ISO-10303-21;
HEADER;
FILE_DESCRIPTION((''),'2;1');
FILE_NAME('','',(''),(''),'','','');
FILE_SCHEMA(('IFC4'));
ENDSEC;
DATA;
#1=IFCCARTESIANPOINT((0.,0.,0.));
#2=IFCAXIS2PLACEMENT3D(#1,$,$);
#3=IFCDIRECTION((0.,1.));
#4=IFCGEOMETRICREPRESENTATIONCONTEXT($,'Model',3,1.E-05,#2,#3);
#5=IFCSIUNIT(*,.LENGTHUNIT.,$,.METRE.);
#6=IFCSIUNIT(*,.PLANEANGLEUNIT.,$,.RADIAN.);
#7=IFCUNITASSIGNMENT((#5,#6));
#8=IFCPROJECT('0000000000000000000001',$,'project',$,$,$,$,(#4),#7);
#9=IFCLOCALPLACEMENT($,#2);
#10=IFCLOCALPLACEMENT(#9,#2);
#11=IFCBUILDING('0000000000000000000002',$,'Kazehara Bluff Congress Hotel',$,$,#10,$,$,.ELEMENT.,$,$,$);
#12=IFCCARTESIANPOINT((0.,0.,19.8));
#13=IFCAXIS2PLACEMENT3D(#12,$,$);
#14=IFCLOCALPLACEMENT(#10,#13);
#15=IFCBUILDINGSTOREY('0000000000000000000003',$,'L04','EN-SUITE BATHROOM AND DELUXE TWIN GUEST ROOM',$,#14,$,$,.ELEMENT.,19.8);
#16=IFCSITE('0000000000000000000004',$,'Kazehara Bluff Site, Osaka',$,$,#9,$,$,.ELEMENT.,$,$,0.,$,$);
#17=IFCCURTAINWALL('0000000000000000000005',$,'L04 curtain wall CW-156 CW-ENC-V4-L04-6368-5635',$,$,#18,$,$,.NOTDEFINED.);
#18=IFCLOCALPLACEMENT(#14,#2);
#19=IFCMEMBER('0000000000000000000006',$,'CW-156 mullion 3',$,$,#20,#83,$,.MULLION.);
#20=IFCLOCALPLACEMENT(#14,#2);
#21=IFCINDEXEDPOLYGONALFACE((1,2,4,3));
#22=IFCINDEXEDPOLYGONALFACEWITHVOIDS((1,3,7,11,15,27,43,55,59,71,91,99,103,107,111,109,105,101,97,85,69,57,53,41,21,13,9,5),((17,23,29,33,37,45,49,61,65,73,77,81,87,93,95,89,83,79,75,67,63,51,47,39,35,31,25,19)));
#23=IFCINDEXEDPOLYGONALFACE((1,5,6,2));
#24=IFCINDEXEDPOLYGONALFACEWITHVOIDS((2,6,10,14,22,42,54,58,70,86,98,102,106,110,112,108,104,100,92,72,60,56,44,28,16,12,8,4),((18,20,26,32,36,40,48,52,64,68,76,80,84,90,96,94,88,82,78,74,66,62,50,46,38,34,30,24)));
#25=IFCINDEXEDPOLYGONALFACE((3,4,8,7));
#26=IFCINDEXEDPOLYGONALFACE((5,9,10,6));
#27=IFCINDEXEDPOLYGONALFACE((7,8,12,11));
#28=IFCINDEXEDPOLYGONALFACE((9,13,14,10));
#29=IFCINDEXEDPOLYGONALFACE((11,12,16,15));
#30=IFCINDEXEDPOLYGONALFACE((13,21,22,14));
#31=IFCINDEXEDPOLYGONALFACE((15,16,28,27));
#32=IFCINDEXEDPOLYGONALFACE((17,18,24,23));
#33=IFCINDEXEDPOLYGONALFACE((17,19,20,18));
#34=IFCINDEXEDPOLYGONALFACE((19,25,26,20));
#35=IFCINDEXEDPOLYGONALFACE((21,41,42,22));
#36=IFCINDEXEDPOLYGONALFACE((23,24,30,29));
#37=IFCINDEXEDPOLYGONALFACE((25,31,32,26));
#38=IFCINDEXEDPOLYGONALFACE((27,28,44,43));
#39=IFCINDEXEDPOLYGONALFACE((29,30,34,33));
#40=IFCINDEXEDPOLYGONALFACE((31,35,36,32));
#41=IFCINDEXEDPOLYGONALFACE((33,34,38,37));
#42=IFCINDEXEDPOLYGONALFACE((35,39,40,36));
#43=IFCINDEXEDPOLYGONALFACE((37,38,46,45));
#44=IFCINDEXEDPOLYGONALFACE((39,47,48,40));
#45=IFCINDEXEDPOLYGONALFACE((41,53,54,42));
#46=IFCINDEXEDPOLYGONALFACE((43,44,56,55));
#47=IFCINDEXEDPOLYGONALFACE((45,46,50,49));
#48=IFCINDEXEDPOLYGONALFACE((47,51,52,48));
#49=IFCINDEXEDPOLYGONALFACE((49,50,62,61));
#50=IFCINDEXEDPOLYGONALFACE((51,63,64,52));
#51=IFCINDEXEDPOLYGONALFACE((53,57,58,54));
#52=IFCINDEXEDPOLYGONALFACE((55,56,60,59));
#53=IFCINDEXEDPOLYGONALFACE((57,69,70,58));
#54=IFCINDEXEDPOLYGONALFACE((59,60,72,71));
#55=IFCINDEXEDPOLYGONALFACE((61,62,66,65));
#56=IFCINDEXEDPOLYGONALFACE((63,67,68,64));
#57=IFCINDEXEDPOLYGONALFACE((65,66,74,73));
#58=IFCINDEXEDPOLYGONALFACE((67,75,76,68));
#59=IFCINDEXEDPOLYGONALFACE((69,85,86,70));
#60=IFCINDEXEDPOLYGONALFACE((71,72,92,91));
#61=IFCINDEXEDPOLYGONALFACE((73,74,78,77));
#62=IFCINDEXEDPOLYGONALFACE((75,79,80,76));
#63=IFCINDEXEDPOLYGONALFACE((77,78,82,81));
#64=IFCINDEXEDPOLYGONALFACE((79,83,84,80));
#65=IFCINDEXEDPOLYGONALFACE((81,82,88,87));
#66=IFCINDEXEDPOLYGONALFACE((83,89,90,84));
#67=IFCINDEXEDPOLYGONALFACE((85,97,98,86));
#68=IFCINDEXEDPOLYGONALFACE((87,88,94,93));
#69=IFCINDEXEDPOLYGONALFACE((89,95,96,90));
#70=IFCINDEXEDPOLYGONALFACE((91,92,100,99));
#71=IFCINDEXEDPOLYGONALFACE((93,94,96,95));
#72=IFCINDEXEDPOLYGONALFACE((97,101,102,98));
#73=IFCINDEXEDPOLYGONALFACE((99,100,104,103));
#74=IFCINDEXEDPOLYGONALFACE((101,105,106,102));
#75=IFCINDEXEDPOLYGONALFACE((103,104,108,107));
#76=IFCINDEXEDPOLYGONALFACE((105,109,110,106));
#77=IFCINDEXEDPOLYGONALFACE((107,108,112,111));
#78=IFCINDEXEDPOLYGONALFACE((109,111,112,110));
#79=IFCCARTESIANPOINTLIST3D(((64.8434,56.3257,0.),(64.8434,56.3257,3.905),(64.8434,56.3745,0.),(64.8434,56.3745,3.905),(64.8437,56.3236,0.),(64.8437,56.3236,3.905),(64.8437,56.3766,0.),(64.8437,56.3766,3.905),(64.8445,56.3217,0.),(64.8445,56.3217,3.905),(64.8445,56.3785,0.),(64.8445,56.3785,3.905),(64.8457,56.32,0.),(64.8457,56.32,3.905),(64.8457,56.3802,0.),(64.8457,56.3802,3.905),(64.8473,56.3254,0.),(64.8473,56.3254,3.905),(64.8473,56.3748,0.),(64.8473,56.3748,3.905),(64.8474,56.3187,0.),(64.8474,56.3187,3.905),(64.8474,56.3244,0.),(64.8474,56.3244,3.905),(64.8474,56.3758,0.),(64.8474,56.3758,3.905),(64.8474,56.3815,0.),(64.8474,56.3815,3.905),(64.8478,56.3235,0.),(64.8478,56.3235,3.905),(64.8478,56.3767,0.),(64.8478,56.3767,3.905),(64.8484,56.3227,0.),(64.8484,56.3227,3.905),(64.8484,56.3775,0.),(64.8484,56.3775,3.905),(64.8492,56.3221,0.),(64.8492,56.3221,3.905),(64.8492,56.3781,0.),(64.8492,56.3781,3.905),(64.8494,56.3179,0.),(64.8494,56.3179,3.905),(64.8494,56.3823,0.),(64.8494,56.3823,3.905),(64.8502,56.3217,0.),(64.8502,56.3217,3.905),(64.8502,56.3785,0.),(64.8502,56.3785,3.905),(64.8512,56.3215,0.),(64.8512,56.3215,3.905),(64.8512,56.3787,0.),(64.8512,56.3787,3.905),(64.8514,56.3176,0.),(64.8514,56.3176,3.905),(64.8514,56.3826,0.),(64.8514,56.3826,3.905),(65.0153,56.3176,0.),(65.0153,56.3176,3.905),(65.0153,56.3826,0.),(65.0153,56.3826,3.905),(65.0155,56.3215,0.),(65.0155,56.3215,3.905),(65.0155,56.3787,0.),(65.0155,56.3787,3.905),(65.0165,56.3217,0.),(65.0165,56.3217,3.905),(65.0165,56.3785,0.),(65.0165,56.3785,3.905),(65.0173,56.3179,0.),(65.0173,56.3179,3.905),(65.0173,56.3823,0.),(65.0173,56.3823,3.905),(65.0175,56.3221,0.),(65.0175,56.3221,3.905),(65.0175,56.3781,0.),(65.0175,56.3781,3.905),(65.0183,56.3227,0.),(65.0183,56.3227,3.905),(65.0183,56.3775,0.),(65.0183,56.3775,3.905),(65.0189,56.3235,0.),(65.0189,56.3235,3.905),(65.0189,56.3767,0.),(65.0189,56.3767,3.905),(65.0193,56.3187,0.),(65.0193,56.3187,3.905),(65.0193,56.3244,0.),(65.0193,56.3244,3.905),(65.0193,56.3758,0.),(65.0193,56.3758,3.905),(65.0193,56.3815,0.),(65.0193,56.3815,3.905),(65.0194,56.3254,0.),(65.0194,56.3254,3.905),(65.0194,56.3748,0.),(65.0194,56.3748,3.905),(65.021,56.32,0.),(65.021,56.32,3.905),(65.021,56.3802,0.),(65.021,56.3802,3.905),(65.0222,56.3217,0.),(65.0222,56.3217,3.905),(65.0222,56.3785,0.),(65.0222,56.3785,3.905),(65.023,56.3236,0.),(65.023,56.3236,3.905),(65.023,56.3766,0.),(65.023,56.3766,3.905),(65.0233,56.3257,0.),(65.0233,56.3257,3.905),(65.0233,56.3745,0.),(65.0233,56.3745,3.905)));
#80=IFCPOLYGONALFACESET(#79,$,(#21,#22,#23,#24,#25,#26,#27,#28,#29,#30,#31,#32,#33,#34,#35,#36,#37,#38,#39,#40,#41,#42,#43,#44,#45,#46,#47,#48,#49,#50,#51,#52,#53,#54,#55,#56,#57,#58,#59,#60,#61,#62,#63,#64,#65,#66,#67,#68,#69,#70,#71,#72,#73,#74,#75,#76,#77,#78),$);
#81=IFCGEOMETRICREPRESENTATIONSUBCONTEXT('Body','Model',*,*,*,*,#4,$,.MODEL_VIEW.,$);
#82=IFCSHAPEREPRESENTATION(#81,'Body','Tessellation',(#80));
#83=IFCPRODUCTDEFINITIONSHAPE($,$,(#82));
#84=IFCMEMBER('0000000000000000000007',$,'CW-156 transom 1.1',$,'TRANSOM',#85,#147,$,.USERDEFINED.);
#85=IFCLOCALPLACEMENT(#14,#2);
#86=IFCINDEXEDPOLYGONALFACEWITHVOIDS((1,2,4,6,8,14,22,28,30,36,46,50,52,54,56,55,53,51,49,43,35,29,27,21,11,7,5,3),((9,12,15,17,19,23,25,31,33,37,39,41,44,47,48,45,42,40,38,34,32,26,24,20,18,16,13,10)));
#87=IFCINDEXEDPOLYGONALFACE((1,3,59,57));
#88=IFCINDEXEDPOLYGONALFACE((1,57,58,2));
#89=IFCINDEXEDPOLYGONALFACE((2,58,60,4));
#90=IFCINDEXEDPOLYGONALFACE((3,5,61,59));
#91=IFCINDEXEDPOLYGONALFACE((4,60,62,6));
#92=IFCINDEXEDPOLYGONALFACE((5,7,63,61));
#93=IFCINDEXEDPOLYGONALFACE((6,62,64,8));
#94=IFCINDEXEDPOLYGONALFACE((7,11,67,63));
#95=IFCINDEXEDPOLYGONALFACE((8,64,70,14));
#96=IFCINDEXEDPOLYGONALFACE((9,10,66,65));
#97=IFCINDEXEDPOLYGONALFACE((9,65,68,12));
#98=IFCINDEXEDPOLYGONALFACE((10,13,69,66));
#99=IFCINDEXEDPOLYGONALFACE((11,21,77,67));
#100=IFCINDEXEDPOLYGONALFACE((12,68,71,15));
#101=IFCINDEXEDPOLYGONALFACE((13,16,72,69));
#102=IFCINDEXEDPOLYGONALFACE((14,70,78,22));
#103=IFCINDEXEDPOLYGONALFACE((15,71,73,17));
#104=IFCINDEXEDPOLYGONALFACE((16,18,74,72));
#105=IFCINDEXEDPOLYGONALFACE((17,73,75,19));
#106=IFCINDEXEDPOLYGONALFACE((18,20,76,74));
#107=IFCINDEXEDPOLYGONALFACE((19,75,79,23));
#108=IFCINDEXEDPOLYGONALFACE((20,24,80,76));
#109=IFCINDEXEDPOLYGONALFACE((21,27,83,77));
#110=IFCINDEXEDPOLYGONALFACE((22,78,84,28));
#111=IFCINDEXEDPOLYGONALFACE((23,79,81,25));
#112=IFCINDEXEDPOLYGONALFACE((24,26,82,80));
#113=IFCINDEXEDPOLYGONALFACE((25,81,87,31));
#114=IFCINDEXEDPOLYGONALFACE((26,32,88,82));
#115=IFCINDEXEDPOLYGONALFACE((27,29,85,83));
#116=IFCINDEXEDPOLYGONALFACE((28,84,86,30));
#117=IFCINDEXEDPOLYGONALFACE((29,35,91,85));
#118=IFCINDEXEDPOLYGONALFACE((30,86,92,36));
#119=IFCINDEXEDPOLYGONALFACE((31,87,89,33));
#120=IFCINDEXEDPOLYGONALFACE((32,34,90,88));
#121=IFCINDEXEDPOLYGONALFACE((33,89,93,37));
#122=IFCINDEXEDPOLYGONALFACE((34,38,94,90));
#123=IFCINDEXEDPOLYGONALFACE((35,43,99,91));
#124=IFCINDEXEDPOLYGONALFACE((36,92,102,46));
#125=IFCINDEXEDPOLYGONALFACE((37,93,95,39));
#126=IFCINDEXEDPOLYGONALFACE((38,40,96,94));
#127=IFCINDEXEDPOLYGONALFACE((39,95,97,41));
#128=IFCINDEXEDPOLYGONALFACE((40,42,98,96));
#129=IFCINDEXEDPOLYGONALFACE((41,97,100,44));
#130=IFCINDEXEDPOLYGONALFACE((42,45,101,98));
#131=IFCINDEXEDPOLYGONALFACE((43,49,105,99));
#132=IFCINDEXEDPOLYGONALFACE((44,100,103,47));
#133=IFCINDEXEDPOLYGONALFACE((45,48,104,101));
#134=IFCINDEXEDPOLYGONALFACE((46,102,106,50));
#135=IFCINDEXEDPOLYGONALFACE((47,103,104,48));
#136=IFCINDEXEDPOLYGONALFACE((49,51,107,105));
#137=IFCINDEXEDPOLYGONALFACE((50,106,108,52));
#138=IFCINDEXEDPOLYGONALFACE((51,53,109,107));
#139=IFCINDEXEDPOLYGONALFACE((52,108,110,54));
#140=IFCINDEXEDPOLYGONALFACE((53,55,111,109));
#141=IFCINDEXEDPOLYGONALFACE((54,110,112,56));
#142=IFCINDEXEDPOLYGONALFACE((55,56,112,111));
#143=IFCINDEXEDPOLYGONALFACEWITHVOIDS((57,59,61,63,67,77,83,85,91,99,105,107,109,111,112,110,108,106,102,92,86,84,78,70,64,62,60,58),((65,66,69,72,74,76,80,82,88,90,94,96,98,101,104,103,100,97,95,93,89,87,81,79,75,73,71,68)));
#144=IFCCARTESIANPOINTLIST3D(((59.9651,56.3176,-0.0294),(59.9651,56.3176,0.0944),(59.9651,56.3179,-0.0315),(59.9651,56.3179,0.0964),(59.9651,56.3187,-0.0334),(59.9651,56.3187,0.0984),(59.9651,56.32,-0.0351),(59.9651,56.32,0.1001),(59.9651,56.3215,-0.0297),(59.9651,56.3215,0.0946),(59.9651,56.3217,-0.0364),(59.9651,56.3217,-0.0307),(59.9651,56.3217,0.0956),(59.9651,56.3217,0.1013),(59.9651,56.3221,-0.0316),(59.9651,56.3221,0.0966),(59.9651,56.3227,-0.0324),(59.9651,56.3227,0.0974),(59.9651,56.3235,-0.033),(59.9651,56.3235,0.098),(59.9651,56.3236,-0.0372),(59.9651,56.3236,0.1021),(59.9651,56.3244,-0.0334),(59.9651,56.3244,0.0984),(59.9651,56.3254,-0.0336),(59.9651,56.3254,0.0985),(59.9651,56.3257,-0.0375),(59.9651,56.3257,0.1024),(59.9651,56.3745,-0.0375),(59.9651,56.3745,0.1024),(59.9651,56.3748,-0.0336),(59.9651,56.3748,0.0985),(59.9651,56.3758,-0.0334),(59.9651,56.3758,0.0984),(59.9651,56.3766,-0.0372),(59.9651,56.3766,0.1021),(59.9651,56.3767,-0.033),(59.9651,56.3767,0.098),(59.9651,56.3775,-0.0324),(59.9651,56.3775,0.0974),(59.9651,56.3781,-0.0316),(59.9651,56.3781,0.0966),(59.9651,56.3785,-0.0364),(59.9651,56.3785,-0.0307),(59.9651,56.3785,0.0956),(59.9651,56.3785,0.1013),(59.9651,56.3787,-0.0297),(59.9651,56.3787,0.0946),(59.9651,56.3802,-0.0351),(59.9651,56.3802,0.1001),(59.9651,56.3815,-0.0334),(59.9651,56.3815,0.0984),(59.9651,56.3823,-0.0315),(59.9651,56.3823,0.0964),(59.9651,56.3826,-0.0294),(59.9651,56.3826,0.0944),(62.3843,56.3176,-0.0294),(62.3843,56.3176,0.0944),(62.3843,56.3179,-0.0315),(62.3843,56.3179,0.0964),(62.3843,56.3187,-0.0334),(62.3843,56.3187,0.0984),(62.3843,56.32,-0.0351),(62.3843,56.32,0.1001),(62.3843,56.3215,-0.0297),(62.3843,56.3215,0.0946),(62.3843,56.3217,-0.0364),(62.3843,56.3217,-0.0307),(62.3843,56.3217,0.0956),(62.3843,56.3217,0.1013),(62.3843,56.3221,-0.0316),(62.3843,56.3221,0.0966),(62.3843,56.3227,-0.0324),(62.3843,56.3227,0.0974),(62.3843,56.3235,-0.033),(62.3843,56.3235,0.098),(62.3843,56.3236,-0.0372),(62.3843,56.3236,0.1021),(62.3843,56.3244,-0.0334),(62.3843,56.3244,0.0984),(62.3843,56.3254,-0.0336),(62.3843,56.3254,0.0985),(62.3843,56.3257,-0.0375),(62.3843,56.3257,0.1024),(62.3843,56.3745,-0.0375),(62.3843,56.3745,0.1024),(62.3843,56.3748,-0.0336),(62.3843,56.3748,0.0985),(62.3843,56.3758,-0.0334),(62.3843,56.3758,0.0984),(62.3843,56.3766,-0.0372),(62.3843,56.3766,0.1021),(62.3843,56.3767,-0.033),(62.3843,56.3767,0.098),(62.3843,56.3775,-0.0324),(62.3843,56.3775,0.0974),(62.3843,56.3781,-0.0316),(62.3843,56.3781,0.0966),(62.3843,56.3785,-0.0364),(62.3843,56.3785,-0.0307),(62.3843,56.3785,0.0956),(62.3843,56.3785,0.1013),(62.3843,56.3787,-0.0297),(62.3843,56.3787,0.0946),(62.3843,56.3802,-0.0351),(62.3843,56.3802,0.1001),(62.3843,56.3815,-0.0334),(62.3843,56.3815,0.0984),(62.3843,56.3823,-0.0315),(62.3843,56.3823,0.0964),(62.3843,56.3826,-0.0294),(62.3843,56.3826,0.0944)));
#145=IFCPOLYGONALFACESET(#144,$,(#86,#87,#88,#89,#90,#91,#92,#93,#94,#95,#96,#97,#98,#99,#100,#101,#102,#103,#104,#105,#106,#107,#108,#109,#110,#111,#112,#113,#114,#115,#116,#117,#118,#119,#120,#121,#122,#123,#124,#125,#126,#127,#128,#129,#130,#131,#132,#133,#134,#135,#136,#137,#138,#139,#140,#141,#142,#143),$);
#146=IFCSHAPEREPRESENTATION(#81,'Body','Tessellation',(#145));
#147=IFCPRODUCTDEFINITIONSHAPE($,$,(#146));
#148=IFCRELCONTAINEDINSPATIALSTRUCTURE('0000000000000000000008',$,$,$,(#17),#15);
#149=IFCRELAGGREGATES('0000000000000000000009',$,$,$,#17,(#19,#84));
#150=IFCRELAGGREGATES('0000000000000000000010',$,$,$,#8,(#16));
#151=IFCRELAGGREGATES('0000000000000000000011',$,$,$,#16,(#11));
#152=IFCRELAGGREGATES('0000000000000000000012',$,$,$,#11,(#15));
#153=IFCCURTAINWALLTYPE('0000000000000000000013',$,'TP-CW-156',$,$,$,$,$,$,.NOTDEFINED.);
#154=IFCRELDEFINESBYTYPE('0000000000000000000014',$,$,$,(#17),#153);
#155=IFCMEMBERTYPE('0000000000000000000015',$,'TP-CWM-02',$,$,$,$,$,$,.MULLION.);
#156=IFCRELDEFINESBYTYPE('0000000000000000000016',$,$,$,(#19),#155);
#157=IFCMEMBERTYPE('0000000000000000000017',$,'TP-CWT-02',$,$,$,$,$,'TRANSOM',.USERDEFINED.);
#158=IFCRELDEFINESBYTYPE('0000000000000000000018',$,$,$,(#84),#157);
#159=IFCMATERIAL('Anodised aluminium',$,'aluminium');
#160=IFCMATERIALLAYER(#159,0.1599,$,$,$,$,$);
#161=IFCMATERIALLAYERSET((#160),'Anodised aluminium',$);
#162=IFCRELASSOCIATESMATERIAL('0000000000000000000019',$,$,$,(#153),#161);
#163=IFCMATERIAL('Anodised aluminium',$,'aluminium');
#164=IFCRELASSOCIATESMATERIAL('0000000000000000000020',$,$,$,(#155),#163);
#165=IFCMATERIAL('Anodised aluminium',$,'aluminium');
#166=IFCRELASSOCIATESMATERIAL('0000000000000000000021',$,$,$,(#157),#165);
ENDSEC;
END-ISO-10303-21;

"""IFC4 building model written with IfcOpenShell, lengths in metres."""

from ifc_helpers import new_model, si_unit, direction, frame, origin, origin_2d, place, context, subcontext, project, spatial, hollow_rectangle, extrude, material, layer, layer_set, material_profile, profile_set, type_object, element, aggregate, save


model = new_model("IFC4")

# Units and contexts
model_context = context("Model", 3, precision=1e-05, world=origin(), true_north=direction((0.0, 1.0)))
body_context = subcontext(model_context, "Body", "Model", "MODEL_VIEW")
ifc_project = project(units=[si_unit("LENGTHUNIT", "METRE"), si_unit("PLANEANGLEUNIT", "RADIAN")], contexts=[model_context])

# Site, building, storey
site_placement = place(None, origin())
site = spatial("IfcSite", under=ifc_project, at=site_placement, Name="Kazehara Bluff Site, Osaka", CompositionType="ELEMENT", RefElevation=0.0)
building_placement = place(site_placement, origin())
building = spatial("IfcBuilding", under=site, at=building_placement, Name="Kazehara Bluff Congress Hotel", CompositionType="ELEMENT")
storey_placement = place(building_placement, frame((0.0, 0.0, 19.8)))
storey = spatial("IfcBuildingStorey", under=building, at=storey_placement, Name="L04", Description="EN-SUITE BATHROOM AND DELUXE TWIN GUEST ROOM", CompositionType="ELEMENT", Elevation=19.8)

# Curtain wall, members
ifc_material_1 = material(Name="Anodised aluminium", Category="aluminium")
ifc_layer_1 = layer(ifc_material_1, 0.1599)
ifc_layer_set_1 = layer_set([ifc_layer_1], Name="Anodised aluminium")
curtain_wall_type = type_object("IfcCurtainWallType", Name="TP-CW-156", PredefinedType="NOTDEFINED", material=ifc_layer_set_1)
curtain_wall_placement = place(storey_placement, origin())
curtain_wall = element("IfcCurtainWall", 1, at=curtain_wall_placement, inside=storey, type_object=curtain_wall_type, Name="L04 curtain wall CW-156 CW-ENC-V4-L04-6368-5635", PredefinedType="NOTDEFINED")
ifc_material_2 = material(Name="Anodised aluminium", Category="aluminium")
ifc_material_profile_1 = material_profile(ifc_material_2, hollow_rectangle(XDim=0.0649, YDim=0.1799, WallThickness=0.0039, InnerFilletRadius=0.0039, OuterFilletRadius=0.0081, at=origin_2d()))
ifc_profile_set_1 = profile_set([ifc_material_profile_1], Name="Anodised aluminium")
member_type_1 = type_object("IfcMemberType", Name="TP-CWM-02", PredefinedType="MULLION", material=ifc_profile_set_1)
member_1_placement = place(storey_placement, frame((64.9333, 56.3501, 0.0), z_axis=(0.0, 0.0, 1.0), x_axis=(0.0, 1.0, 0.0)))
member_1 = element("IfcMember", 2, at=member_1_placement, type_object=member_type_1, Name="CW-156 mullion 3", PredefinedType="MULLION", context=body_context, shape_type="SweptSolid", body=[
    extrude(hollow_rectangle(XDim=0.0649, YDim=0.1799, WallThickness=0.0039, InnerFilletRadius=0.0039, OuterFilletRadius=0.0081, at=origin_2d()), origin(), (0.0, 0.0, 1.0), 3.905),
])
ifc_material_3 = material(Name="Anodised aluminium", Category="aluminium")
ifc_material_profile_2 = material_profile(ifc_material_3, hollow_rectangle(XDim=0.0649, YDim=0.1399, WallThickness=0.0039, InnerFilletRadius=0.0039, OuterFilletRadius=0.0081, at=origin_2d()))
ifc_profile_set_2 = profile_set([ifc_material_profile_2], Name="Anodised aluminium")
member_type_2 = type_object("IfcMemberType", Name="TP-CWT-02", ElementType="TRANSOM", PredefinedType="USERDEFINED", material=ifc_profile_set_2)
member_2_placement = place(storey_placement, frame((59.9651, 56.3501, 0.0325), z_axis=(1.0, 0.0, 0.0), x_axis=(0.0, 1.0, 0.0)))
member_2 = element("IfcMember", 3, at=member_2_placement, type_object=member_type_2, Name="CW-156 transom 1.1", ObjectType="TRANSOM", PredefinedType="USERDEFINED", context=body_context, shape_type="SweptSolid", body=[
    extrude(hollow_rectangle(XDim=0.0649, YDim=0.1399, WallThickness=0.0039, InnerFilletRadius=0.0039, OuterFilletRadius=0.0081, at=origin_2d()), origin(), (0.0, 0.0, 1.0), 2.4192),
])

aggregate(curtain_wall, [member_1, member_2])

save(model, "model.ifc")
